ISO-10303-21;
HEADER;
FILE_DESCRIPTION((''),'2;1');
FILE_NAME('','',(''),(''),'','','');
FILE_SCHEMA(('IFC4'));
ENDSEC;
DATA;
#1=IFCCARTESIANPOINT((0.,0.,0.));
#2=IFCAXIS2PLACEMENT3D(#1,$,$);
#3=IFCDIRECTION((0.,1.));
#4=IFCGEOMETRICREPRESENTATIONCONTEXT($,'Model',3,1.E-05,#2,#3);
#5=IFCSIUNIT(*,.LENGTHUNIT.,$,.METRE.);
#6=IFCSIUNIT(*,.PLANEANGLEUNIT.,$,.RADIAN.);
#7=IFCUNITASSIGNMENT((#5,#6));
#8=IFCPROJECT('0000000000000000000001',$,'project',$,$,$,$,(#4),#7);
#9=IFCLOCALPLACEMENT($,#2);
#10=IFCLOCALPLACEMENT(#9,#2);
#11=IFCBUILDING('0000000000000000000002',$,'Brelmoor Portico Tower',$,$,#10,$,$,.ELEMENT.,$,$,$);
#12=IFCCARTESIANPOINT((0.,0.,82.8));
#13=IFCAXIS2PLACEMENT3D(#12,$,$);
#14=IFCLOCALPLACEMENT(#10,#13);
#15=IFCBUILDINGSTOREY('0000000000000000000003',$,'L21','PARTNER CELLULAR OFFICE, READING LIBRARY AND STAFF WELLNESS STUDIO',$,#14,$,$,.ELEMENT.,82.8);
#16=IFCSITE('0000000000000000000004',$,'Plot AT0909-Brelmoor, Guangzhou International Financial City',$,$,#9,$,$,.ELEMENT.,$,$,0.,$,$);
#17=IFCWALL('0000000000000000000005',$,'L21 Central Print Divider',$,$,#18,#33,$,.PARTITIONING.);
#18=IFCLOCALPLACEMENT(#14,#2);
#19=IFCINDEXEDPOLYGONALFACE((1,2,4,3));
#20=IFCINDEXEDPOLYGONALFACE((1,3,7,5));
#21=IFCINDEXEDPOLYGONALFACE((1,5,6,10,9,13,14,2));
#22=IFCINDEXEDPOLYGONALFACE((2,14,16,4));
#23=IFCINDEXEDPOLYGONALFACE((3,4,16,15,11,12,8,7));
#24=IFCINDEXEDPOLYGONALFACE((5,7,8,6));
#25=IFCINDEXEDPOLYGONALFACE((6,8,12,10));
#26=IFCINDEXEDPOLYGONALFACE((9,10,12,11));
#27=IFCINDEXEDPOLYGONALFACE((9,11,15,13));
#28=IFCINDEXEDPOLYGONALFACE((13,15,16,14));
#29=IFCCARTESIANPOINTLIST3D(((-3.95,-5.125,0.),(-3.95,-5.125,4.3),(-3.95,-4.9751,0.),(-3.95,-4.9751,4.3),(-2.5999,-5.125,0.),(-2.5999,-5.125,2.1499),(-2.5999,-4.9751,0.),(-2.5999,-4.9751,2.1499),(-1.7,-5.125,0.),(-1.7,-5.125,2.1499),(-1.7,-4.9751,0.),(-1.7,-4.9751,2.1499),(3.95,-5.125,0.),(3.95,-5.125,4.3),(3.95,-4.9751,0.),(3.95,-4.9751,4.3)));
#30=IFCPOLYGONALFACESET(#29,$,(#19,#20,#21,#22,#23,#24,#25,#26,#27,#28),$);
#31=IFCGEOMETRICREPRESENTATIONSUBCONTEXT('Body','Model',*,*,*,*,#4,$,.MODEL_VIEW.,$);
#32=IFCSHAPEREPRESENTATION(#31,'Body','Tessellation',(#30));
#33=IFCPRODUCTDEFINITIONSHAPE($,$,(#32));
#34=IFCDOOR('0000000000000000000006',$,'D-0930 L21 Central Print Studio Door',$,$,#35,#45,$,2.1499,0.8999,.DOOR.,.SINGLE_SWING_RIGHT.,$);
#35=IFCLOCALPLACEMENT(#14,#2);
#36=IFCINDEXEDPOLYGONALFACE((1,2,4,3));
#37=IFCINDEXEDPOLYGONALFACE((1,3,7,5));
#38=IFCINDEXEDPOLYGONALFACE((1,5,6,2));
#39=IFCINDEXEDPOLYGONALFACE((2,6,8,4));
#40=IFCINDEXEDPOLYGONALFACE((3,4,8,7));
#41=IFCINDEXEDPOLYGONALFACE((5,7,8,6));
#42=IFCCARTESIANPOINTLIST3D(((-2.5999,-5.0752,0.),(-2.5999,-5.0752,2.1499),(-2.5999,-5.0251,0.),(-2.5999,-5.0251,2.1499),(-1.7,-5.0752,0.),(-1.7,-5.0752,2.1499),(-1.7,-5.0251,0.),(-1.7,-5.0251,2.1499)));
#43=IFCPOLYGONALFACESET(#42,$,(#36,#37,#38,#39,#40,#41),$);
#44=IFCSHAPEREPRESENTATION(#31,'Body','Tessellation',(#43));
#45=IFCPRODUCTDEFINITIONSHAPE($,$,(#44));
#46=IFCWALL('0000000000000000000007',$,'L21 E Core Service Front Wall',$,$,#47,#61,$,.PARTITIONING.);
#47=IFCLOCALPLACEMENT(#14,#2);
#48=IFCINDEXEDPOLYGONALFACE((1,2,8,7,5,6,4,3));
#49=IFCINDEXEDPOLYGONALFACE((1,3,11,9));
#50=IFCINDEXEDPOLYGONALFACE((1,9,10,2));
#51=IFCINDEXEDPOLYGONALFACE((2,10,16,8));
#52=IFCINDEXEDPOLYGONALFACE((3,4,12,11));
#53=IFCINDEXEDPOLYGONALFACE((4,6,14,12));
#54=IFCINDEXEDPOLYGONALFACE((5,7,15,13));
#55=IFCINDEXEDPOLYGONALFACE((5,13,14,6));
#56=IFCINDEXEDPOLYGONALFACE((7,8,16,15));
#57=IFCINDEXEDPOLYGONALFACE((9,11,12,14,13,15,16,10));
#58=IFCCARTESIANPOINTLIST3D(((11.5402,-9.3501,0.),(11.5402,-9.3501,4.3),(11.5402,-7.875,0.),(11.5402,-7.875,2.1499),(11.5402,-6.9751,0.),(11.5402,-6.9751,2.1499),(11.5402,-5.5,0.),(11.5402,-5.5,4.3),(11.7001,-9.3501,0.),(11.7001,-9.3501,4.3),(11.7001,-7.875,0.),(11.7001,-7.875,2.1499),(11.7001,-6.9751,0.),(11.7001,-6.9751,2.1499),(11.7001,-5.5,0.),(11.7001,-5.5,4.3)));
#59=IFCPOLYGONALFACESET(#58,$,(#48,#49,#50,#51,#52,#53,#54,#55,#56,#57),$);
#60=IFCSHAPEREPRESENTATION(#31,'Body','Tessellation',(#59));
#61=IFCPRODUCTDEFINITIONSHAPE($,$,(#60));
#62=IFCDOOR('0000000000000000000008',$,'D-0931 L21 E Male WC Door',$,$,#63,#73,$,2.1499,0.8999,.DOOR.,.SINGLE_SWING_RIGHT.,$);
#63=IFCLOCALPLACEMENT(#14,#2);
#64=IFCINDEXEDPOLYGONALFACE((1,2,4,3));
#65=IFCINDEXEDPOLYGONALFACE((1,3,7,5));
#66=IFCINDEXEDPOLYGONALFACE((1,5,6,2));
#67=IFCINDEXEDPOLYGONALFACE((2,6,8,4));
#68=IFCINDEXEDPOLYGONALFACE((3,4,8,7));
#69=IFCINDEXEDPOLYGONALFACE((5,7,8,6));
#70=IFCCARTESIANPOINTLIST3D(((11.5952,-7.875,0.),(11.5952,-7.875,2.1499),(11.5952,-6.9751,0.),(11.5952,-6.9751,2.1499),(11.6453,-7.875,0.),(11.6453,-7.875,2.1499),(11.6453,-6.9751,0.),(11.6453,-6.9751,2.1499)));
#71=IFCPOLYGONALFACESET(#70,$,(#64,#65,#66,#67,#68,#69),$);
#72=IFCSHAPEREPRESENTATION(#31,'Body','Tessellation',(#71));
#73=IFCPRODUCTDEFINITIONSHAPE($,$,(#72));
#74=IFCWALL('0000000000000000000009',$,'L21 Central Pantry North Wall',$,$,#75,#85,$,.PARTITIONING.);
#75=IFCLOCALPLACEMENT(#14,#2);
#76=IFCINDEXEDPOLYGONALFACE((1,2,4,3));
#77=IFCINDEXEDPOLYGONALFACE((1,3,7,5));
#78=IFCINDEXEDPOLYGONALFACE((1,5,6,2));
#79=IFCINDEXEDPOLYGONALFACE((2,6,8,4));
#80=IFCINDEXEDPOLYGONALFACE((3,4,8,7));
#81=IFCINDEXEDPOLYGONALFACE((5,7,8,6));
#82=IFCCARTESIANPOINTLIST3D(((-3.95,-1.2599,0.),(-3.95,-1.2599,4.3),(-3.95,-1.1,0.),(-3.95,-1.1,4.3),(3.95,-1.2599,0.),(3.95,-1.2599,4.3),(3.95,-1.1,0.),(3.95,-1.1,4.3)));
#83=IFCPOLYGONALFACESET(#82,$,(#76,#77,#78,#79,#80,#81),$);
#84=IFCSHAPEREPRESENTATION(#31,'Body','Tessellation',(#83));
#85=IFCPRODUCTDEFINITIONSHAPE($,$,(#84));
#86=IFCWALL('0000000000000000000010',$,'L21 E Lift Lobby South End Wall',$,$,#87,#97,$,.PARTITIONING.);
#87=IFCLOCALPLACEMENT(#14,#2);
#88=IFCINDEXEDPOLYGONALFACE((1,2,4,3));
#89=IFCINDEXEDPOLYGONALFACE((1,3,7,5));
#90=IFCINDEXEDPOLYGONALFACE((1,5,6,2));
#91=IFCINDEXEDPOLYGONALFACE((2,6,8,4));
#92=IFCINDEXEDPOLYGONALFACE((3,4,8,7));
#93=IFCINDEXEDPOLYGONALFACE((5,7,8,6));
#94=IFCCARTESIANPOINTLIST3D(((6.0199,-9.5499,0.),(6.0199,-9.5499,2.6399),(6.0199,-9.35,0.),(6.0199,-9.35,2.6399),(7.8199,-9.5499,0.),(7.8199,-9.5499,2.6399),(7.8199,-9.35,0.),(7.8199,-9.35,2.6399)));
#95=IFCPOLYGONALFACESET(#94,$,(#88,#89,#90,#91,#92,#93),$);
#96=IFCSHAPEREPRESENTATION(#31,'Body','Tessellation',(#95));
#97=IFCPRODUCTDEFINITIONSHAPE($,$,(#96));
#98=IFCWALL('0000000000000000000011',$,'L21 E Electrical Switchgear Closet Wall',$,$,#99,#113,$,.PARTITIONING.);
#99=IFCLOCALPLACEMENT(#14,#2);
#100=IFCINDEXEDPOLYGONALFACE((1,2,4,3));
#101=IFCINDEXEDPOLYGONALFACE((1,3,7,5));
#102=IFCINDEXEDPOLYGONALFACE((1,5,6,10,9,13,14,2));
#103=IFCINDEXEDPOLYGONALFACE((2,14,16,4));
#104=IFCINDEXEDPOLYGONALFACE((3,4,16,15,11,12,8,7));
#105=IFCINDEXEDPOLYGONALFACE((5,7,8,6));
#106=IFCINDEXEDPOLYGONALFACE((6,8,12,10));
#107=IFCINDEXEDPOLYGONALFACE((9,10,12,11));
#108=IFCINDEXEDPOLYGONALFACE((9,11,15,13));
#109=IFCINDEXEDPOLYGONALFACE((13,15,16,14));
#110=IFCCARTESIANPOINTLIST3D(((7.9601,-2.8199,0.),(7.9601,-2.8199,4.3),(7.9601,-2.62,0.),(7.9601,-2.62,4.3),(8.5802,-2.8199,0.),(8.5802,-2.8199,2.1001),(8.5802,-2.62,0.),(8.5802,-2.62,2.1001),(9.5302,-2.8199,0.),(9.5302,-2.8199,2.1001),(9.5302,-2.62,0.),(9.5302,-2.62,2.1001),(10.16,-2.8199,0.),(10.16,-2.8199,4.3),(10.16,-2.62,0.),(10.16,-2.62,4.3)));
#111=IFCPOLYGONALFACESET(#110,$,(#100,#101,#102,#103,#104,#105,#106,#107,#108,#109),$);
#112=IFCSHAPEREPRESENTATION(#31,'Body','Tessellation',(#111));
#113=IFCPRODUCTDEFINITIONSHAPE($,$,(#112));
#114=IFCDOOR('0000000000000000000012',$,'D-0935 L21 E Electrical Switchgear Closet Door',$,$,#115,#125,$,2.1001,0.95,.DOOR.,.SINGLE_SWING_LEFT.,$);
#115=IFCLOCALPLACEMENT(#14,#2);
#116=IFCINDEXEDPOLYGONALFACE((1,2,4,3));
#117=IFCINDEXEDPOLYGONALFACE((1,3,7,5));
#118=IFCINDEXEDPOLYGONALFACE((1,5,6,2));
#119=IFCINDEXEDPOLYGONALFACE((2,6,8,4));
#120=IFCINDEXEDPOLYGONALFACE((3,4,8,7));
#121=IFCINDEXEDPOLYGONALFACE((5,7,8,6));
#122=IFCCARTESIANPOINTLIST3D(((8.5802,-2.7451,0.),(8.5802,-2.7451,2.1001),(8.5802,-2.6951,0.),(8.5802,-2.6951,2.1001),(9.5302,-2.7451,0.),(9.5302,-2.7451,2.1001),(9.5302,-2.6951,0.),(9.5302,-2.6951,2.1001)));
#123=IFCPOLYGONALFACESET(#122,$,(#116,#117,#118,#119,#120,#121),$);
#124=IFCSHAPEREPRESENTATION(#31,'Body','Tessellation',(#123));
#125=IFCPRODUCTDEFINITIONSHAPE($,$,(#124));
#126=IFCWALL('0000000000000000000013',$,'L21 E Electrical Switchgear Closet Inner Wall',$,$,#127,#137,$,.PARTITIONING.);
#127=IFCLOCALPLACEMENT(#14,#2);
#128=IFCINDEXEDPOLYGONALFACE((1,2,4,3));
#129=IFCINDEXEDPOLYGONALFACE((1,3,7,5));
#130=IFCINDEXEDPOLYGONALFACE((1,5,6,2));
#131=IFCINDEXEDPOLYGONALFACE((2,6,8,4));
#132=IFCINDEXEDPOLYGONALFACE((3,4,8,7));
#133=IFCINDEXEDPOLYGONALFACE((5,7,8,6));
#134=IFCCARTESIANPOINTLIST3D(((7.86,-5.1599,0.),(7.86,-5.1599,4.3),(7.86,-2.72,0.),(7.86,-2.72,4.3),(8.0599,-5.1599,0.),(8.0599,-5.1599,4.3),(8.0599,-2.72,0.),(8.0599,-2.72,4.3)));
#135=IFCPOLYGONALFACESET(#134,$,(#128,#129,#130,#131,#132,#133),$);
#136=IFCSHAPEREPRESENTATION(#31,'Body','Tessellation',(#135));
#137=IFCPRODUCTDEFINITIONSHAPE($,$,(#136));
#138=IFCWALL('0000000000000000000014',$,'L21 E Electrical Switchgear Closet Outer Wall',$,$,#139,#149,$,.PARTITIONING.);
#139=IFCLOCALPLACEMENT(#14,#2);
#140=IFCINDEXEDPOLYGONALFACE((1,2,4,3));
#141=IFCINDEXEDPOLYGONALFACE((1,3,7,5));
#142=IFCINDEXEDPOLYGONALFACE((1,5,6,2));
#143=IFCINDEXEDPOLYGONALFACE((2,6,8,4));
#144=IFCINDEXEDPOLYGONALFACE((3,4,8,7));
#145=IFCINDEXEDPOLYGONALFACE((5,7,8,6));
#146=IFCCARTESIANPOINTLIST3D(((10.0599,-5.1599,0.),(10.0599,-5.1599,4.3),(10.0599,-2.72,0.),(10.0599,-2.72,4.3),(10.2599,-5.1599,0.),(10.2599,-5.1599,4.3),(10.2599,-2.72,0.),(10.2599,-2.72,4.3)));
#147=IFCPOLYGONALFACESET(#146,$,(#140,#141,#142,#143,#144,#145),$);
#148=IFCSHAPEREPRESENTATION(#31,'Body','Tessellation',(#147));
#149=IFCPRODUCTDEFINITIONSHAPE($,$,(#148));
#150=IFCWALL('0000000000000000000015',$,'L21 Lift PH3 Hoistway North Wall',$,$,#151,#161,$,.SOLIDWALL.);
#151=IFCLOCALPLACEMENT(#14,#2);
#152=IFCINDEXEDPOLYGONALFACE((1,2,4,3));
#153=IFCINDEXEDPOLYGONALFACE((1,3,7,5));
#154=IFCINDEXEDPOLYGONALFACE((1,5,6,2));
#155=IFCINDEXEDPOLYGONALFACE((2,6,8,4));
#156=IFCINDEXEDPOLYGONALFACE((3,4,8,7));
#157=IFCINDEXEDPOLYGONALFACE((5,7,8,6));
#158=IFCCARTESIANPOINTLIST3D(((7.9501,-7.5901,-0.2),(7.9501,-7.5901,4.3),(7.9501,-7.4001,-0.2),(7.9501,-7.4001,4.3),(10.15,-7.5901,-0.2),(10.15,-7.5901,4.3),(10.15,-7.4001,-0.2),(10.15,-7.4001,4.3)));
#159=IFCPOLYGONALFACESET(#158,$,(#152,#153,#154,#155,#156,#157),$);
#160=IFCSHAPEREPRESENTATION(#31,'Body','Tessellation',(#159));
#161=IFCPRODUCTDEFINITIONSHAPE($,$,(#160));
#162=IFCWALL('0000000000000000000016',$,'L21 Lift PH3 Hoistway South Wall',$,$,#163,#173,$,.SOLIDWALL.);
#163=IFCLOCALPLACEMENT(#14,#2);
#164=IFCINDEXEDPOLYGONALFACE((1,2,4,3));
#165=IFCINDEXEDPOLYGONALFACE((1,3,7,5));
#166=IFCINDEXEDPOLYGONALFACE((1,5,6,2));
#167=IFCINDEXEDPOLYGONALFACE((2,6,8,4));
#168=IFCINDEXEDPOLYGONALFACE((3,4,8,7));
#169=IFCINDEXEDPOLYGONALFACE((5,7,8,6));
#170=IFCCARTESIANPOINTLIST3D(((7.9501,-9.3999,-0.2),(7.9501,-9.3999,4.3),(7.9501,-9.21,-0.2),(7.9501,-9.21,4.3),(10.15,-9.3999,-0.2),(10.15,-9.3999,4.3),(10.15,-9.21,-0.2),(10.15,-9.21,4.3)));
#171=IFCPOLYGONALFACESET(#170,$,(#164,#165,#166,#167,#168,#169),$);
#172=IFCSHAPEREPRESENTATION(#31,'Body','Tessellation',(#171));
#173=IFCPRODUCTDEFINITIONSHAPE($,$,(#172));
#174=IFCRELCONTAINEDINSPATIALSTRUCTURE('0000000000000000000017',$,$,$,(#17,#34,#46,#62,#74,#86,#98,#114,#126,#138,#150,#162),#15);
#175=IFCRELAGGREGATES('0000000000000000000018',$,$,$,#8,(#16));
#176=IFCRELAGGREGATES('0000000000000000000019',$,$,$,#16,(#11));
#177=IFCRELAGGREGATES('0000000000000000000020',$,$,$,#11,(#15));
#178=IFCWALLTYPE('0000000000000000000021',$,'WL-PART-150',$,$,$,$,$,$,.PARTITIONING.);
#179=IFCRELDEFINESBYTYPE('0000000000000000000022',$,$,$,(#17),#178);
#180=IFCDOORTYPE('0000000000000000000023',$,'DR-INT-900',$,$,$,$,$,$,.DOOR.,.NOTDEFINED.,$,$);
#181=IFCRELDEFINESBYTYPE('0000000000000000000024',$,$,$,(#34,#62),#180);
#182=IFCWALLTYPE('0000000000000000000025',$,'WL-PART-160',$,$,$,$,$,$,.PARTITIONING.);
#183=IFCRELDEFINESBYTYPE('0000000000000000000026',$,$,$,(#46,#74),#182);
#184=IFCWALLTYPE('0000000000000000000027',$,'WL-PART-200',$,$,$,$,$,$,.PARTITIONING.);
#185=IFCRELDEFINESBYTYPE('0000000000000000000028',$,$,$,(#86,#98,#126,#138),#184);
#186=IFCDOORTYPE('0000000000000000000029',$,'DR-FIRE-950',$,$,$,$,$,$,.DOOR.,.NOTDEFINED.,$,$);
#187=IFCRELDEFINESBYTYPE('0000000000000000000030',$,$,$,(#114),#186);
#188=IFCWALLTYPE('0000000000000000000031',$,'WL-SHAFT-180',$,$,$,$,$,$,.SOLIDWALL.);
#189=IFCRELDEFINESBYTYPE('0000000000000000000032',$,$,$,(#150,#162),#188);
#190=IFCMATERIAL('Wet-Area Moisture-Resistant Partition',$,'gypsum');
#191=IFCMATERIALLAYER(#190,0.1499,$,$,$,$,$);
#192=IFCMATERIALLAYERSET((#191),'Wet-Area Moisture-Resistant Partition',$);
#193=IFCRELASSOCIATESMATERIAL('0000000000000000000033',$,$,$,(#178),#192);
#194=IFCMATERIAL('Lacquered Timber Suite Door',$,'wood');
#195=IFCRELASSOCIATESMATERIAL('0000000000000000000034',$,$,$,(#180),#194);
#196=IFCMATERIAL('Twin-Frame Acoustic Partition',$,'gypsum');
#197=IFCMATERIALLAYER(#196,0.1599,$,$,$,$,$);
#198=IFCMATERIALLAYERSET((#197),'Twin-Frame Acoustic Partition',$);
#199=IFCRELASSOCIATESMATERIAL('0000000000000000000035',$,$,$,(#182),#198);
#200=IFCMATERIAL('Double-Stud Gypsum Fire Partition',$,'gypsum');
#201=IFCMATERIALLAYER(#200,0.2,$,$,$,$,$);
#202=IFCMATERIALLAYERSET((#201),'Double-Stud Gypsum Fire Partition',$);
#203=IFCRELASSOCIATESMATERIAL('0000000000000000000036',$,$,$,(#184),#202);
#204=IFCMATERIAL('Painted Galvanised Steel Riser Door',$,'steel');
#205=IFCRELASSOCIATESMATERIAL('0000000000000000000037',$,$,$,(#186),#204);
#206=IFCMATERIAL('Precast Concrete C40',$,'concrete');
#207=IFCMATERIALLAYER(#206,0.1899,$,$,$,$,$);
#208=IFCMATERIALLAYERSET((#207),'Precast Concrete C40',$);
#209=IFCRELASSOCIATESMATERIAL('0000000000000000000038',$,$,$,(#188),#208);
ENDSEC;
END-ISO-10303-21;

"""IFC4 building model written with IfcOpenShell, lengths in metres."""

from ifc_helpers import new_model, si_unit, direction, frame, frame_2d, origin, place, context, subcontext, project, spatial, rectangle, extrude, material, layer, layer_set, type_object, element, fill, save


model = new_model("IFC4")

# Units and contexts
model_context = context("Model", 3, precision=1e-05, world=origin(), true_north=direction((0.0, 1.0)))
body_context = subcontext(model_context, "Body", "Model", "MODEL_VIEW")
ifc_project = project(units=[si_unit("LENGTHUNIT", "METRE"), si_unit("PLANEANGLEUNIT", "RADIAN")], contexts=[model_context])

# Site, building, storey
site_placement = place(None, origin())
site = spatial("IfcSite", under=ifc_project, at=site_placement, Name="Plot AT0909-Brelmoor, Guangzhou International Financial City", CompositionType="ELEMENT", RefElevation=0.0)
building_placement = place(site_placement, origin())
building = spatial("IfcBuilding", under=site, at=building_placement, Name="Brelmoor Portico Tower", CompositionType="ELEMENT")
storey_placement = place(building_placement, frame((0.0, 0.0, 82.8)))
storey = spatial("IfcBuildingStorey", under=building, at=storey_placement, Name="L21", Description="PARTNER CELLULAR OFFICE, READING LIBRARY AND STAFF WELLNESS STUDIO", CompositionType="ELEMENT", Elevation=82.8)

# Walls, openings, doors
ifc_material_1 = material(Name="Wet-Area Moisture-Resistant Partition", Category="gypsum")
ifc_layer_1 = layer(ifc_material_1, 0.1499)
ifc_layer_set_1 = layer_set([ifc_layer_1], Name="Wet-Area Moisture-Resistant Partition")
wall_type_1 = type_object("IfcWallType", Name="WL-PART-150", PredefinedType="PARTITIONING", material=ifc_layer_set_1)
wall_1_placement = place(storey_placement, frame((-3.95, -5.05, 0.0), z_axis=(0.0, 0.0, 1.0), x_axis=(1.0, 0.0, 0.0)))
wall_1 = element("IfcWall", 1, at=wall_1_placement, inside=storey, type_object=wall_type_1, Name="L21 Central Print Divider", PredefinedType="PARTITIONING", context=body_context, shape_type="SweptSolid", body=[
    extrude(rectangle(XDim=7.8999, YDim=0.1499, at=frame_2d((3.95, 0.0))), origin(), (0.0, 0.0, 1.0), 4.3),
])
opening_1_placement = place(wall_1_placement, frame((1.3501, 0.0, 0.0)))
opening_1 = element("IfcOpeningElement", 2, at=opening_1_placement, cuts=wall_1, PredefinedType="OPENING", context=body_context, shape_type="SweptSolid", body=[
    extrude(rectangle(XDim=0.8999, YDim=2.1499, at=frame_2d((0.45, 1.075))), frame((0.0, 0.085, 0.0), z_axis=(0.0, -1.0, 0.0), x_axis=(1.0, 0.0, 0.0)), (0.0, 0.0, 1.0), 0.1699),
])
ifc_material_2 = material(Name="Lacquered Timber Suite Door", Category="wood")
door_type_1 = type_object("IfcDoorType", Name="DR-INT-900", OperationType="NOTDEFINED", PredefinedType="DOOR", material=ifc_material_2)
door_1_placement = place(opening_1_placement, origin())
door_1 = element("IfcDoor", 3, at=door_1_placement, inside=storey, type_object=door_type_1, Name="D-0930 L21 Central Print Studio Door", OperationType="SINGLE_SWING_RIGHT", OverallHeight=2.1499, OverallWidth=0.8999, PredefinedType="DOOR", context=body_context, shape_type="SweptSolid", body=[
    extrude(rectangle(XDim=0.8999, YDim=2.1499, at=frame_2d((0.45, 1.075))), frame((0.0, 0.0249, 0.0), z_axis=(0.0, -1.0, 0.0), x_axis=(1.0, 0.0, 0.0)), (0.0, 0.0, 1.0), 0.05),
])
fill(opening_1, door_1)
ifc_material_3 = material(Name="Twin-Frame Acoustic Partition", Category="gypsum")
ifc_layer_2 = layer(ifc_material_3, 0.1599)
ifc_layer_set_2 = layer_set([ifc_layer_2], Name="Twin-Frame Acoustic Partition")
wall_type_2 = type_object("IfcWallType", Name="WL-PART-160", PredefinedType="PARTITIONING", material=ifc_layer_set_2)
wall_2_placement = place(storey_placement, frame((11.6201, -9.3501, 0.0), z_axis=(0.0, 0.0, 1.0), x_axis=(0.0, 1.0, 0.0)))
wall_2 = element("IfcWall", 4, at=wall_2_placement, inside=storey, type_object=wall_type_2, Name="L21 E Core Service Front Wall", PredefinedType="PARTITIONING", context=body_context, shape_type="SweptSolid", body=[
    extrude(rectangle(XDim=3.8501, YDim=0.1599, at=frame_2d((1.925, 0.0))), origin(), (0.0, 0.0, 1.0), 4.3),
])
opening_2_placement = place(wall_2_placement, frame((1.4751, 0.0, 0.0)))
opening_2 = element("IfcOpeningElement", 5, at=opening_2_placement, cuts=wall_2, PredefinedType="OPENING", context=body_context, shape_type="SweptSolid", body=[
    extrude(rectangle(XDim=0.8999, YDim=2.1499, at=frame_2d((0.45, 1.075))), frame((0.0, 0.0898, 0.0), z_axis=(0.0, -1.0, 0.0), x_axis=(1.0, 0.0, 0.0)), (0.0, 0.0, 1.0), 0.1799),
])
door_2_placement = place(opening_2_placement, origin())
door_2 = element("IfcDoor", 6, at=door_2_placement, inside=storey, type_object=door_type_1, Name="D-0931 L21 E Male WC Door", OperationType="SINGLE_SWING_RIGHT", OverallHeight=2.1499, OverallWidth=0.8999, PredefinedType="DOOR", context=body_context, shape_type="SweptSolid", body=[
    extrude(rectangle(XDim=0.8999, YDim=2.1499, at=frame_2d((0.45, 1.075))), frame((0.0, 0.0249, 0.0), z_axis=(0.0, -1.0, 0.0), x_axis=(1.0, 0.0, 0.0)), (0.0, 0.0, 1.0), 0.05),
])
fill(opening_2, door_2)

# Walls
wall_3_placement = place(storey_placement, frame((-3.95, -1.1799, 0.0), z_axis=(0.0, 0.0, 1.0), x_axis=(1.0, 0.0, 0.0)))
element("IfcWall", 7, at=wall_3_placement, inside=storey, type_object=wall_type_2, Name="L21 Central Pantry North Wall", PredefinedType="PARTITIONING", context=body_context, shape_type="SweptSolid", body=[
    extrude(rectangle(XDim=7.8999, YDim=0.1599, at=frame_2d((3.95, 0.0))), origin(), (0.0, 0.0, 1.0), 4.3),
])
ifc_material_4 = material(Name="Double-Stud Gypsum Fire Partition", Category="gypsum")
ifc_layer_3 = layer(ifc_material_4, 0.2)
ifc_layer_set_3 = layer_set([ifc_layer_3], Name="Double-Stud Gypsum Fire Partition")
wall_type_3 = type_object("IfcWallType", Name="WL-PART-200", PredefinedType="PARTITIONING", material=ifc_layer_set_3)
wall_4_placement = place(storey_placement, frame((6.02, -9.45, 0.0), z_axis=(0.0, 0.0, 1.0), x_axis=(1.0, 0.0, 0.0)))
element("IfcWall", 8, at=wall_4_placement, inside=storey, type_object=wall_type_3, Name="L21 E Lift Lobby South End Wall", PredefinedType="PARTITIONING", context=body_context, shape_type="SweptSolid", body=[
    extrude(rectangle(XDim=1.8, YDim=0.2, at=frame_2d((0.8999, 0.0))), origin(), (0.0, 0.0, 1.0), 2.6399),
])

# Wall, opening, door
wall_5_placement = place(storey_placement, frame((7.96, -2.72, 0.0), z_axis=(0.0, 0.0, 1.0), x_axis=(1.0, 0.0, 0.0)))
wall_5 = element("IfcWall", 9, at=wall_5_placement, inside=storey, type_object=wall_type_3, Name="L21 E Electrical Switchgear Closet Wall", PredefinedType="PARTITIONING", context=body_context, shape_type="SweptSolid", body=[
    extrude(rectangle(XDim=2.2, YDim=0.2, at=frame_2d((1.1001, 0.0))), origin(), (0.0, 0.0, 1.0), 4.3),
])
opening_3_placement = place(wall_5_placement, frame((0.6201, 0.0, 0.0)))
opening_3 = element("IfcOpeningElement", 10, at=opening_3_placement, cuts=wall_5, PredefinedType="OPENING", context=body_context, shape_type="SweptSolid", body=[
    extrude(rectangle(XDim=0.95, YDim=2.1001, at=frame_2d((0.4751, 1.05))), frame((0.0, 0.1099, 0.0), z_axis=(0.0, -1.0, 0.0), x_axis=(1.0, 0.0, 0.0)), (0.0, 0.0, 1.0), 0.22),
])
ifc_material_5 = material(Name="Painted Galvanised Steel Riser Door", Category="steel")
door_type_2 = type_object("IfcDoorType", Name="DR-FIRE-950", OperationType="NOTDEFINED", PredefinedType="DOOR", material=ifc_material_5)
door_3_placement = place(opening_3_placement, origin())
door_3 = element("IfcDoor", 11, at=door_3_placement, inside=storey, type_object=door_type_2, Name="D-0935 L21 E Electrical Switchgear Closet Door", OperationType="SINGLE_SWING_LEFT", OverallHeight=2.1001, OverallWidth=0.95, PredefinedType="DOOR", context=body_context, shape_type="SweptSolid", body=[
    extrude(rectangle(XDim=0.95, YDim=2.1001, at=frame_2d((0.4751, 1.05))), frame((0.0, 0.0249, 0.0), z_axis=(0.0, -1.0, 0.0), x_axis=(1.0, 0.0, 0.0)), (0.0, 0.0, 1.0), 0.05),
])
fill(opening_3, door_3)

# Walls
for number, where, z_axis, x_axis, name in (
    (12, (7.96, -5.1599, 0.0), (0.0, 0.0, 1.0), (0.0, 1.0, 0.0), "L21 E Electrical Switchgear Closet Inner Wall"),
    (13, (10.1599, -5.1599, 0.0), (0.0, 0.0, 1.0), (0.0, 1.0, 0.0), "L21 E Electrical Switchgear Closet Outer Wall"),
):
    element("IfcWall", number, at=place(storey_placement, frame(where, z_axis=z_axis, x_axis=x_axis)), inside=storey, type_object=wall_type_3, Name=name, PredefinedType="PARTITIONING", context=body_context, shape_type="SweptSolid", body=[
        extrude(rectangle(XDim=2.4399, YDim=0.2, at=frame_2d((1.22, 0.0))), origin(), (0.0, 0.0, 1.0), 4.3),
    ])
ifc_material_6 = material(Name="Precast Concrete C40", Category="concrete")
ifc_layer_4 = layer(ifc_material_6, 0.1899)
ifc_layer_set_4 = layer_set([ifc_layer_4], Name="Precast Concrete C40")
wall_type_4 = type_object("IfcWallType", Name="WL-SHAFT-180", PredefinedType="SOLIDWALL", material=ifc_layer_set_4)
for number, where, z_axis, x_axis, name in (
    (14, (7.95, -7.4951, -0.2), (0.0, 0.0, 1.0), (1.0, 0.0, 0.0), "L21 Lift PH3 Hoistway North Wall"),
    (15, (7.95, -9.3049, -0.2), (0.0, 0.0, 1.0), (1.0, 0.0, 0.0), "L21 Lift PH3 Hoistway South Wall"),
):
    element("IfcWall", number, at=place(storey_placement, frame(where, z_axis=z_axis, x_axis=x_axis)), inside=storey, type_object=wall_type_4, Name=name, PredefinedType="SOLIDWALL", context=body_context, shape_type="SweptSolid", body=[
        extrude(rectangle(XDim=2.2, YDim=0.1899, at=frame_2d((1.1001, 0.0))), origin(), (0.0, 0.0, 1.0), 4.5),
    ])

save(model, "model.ifc")
